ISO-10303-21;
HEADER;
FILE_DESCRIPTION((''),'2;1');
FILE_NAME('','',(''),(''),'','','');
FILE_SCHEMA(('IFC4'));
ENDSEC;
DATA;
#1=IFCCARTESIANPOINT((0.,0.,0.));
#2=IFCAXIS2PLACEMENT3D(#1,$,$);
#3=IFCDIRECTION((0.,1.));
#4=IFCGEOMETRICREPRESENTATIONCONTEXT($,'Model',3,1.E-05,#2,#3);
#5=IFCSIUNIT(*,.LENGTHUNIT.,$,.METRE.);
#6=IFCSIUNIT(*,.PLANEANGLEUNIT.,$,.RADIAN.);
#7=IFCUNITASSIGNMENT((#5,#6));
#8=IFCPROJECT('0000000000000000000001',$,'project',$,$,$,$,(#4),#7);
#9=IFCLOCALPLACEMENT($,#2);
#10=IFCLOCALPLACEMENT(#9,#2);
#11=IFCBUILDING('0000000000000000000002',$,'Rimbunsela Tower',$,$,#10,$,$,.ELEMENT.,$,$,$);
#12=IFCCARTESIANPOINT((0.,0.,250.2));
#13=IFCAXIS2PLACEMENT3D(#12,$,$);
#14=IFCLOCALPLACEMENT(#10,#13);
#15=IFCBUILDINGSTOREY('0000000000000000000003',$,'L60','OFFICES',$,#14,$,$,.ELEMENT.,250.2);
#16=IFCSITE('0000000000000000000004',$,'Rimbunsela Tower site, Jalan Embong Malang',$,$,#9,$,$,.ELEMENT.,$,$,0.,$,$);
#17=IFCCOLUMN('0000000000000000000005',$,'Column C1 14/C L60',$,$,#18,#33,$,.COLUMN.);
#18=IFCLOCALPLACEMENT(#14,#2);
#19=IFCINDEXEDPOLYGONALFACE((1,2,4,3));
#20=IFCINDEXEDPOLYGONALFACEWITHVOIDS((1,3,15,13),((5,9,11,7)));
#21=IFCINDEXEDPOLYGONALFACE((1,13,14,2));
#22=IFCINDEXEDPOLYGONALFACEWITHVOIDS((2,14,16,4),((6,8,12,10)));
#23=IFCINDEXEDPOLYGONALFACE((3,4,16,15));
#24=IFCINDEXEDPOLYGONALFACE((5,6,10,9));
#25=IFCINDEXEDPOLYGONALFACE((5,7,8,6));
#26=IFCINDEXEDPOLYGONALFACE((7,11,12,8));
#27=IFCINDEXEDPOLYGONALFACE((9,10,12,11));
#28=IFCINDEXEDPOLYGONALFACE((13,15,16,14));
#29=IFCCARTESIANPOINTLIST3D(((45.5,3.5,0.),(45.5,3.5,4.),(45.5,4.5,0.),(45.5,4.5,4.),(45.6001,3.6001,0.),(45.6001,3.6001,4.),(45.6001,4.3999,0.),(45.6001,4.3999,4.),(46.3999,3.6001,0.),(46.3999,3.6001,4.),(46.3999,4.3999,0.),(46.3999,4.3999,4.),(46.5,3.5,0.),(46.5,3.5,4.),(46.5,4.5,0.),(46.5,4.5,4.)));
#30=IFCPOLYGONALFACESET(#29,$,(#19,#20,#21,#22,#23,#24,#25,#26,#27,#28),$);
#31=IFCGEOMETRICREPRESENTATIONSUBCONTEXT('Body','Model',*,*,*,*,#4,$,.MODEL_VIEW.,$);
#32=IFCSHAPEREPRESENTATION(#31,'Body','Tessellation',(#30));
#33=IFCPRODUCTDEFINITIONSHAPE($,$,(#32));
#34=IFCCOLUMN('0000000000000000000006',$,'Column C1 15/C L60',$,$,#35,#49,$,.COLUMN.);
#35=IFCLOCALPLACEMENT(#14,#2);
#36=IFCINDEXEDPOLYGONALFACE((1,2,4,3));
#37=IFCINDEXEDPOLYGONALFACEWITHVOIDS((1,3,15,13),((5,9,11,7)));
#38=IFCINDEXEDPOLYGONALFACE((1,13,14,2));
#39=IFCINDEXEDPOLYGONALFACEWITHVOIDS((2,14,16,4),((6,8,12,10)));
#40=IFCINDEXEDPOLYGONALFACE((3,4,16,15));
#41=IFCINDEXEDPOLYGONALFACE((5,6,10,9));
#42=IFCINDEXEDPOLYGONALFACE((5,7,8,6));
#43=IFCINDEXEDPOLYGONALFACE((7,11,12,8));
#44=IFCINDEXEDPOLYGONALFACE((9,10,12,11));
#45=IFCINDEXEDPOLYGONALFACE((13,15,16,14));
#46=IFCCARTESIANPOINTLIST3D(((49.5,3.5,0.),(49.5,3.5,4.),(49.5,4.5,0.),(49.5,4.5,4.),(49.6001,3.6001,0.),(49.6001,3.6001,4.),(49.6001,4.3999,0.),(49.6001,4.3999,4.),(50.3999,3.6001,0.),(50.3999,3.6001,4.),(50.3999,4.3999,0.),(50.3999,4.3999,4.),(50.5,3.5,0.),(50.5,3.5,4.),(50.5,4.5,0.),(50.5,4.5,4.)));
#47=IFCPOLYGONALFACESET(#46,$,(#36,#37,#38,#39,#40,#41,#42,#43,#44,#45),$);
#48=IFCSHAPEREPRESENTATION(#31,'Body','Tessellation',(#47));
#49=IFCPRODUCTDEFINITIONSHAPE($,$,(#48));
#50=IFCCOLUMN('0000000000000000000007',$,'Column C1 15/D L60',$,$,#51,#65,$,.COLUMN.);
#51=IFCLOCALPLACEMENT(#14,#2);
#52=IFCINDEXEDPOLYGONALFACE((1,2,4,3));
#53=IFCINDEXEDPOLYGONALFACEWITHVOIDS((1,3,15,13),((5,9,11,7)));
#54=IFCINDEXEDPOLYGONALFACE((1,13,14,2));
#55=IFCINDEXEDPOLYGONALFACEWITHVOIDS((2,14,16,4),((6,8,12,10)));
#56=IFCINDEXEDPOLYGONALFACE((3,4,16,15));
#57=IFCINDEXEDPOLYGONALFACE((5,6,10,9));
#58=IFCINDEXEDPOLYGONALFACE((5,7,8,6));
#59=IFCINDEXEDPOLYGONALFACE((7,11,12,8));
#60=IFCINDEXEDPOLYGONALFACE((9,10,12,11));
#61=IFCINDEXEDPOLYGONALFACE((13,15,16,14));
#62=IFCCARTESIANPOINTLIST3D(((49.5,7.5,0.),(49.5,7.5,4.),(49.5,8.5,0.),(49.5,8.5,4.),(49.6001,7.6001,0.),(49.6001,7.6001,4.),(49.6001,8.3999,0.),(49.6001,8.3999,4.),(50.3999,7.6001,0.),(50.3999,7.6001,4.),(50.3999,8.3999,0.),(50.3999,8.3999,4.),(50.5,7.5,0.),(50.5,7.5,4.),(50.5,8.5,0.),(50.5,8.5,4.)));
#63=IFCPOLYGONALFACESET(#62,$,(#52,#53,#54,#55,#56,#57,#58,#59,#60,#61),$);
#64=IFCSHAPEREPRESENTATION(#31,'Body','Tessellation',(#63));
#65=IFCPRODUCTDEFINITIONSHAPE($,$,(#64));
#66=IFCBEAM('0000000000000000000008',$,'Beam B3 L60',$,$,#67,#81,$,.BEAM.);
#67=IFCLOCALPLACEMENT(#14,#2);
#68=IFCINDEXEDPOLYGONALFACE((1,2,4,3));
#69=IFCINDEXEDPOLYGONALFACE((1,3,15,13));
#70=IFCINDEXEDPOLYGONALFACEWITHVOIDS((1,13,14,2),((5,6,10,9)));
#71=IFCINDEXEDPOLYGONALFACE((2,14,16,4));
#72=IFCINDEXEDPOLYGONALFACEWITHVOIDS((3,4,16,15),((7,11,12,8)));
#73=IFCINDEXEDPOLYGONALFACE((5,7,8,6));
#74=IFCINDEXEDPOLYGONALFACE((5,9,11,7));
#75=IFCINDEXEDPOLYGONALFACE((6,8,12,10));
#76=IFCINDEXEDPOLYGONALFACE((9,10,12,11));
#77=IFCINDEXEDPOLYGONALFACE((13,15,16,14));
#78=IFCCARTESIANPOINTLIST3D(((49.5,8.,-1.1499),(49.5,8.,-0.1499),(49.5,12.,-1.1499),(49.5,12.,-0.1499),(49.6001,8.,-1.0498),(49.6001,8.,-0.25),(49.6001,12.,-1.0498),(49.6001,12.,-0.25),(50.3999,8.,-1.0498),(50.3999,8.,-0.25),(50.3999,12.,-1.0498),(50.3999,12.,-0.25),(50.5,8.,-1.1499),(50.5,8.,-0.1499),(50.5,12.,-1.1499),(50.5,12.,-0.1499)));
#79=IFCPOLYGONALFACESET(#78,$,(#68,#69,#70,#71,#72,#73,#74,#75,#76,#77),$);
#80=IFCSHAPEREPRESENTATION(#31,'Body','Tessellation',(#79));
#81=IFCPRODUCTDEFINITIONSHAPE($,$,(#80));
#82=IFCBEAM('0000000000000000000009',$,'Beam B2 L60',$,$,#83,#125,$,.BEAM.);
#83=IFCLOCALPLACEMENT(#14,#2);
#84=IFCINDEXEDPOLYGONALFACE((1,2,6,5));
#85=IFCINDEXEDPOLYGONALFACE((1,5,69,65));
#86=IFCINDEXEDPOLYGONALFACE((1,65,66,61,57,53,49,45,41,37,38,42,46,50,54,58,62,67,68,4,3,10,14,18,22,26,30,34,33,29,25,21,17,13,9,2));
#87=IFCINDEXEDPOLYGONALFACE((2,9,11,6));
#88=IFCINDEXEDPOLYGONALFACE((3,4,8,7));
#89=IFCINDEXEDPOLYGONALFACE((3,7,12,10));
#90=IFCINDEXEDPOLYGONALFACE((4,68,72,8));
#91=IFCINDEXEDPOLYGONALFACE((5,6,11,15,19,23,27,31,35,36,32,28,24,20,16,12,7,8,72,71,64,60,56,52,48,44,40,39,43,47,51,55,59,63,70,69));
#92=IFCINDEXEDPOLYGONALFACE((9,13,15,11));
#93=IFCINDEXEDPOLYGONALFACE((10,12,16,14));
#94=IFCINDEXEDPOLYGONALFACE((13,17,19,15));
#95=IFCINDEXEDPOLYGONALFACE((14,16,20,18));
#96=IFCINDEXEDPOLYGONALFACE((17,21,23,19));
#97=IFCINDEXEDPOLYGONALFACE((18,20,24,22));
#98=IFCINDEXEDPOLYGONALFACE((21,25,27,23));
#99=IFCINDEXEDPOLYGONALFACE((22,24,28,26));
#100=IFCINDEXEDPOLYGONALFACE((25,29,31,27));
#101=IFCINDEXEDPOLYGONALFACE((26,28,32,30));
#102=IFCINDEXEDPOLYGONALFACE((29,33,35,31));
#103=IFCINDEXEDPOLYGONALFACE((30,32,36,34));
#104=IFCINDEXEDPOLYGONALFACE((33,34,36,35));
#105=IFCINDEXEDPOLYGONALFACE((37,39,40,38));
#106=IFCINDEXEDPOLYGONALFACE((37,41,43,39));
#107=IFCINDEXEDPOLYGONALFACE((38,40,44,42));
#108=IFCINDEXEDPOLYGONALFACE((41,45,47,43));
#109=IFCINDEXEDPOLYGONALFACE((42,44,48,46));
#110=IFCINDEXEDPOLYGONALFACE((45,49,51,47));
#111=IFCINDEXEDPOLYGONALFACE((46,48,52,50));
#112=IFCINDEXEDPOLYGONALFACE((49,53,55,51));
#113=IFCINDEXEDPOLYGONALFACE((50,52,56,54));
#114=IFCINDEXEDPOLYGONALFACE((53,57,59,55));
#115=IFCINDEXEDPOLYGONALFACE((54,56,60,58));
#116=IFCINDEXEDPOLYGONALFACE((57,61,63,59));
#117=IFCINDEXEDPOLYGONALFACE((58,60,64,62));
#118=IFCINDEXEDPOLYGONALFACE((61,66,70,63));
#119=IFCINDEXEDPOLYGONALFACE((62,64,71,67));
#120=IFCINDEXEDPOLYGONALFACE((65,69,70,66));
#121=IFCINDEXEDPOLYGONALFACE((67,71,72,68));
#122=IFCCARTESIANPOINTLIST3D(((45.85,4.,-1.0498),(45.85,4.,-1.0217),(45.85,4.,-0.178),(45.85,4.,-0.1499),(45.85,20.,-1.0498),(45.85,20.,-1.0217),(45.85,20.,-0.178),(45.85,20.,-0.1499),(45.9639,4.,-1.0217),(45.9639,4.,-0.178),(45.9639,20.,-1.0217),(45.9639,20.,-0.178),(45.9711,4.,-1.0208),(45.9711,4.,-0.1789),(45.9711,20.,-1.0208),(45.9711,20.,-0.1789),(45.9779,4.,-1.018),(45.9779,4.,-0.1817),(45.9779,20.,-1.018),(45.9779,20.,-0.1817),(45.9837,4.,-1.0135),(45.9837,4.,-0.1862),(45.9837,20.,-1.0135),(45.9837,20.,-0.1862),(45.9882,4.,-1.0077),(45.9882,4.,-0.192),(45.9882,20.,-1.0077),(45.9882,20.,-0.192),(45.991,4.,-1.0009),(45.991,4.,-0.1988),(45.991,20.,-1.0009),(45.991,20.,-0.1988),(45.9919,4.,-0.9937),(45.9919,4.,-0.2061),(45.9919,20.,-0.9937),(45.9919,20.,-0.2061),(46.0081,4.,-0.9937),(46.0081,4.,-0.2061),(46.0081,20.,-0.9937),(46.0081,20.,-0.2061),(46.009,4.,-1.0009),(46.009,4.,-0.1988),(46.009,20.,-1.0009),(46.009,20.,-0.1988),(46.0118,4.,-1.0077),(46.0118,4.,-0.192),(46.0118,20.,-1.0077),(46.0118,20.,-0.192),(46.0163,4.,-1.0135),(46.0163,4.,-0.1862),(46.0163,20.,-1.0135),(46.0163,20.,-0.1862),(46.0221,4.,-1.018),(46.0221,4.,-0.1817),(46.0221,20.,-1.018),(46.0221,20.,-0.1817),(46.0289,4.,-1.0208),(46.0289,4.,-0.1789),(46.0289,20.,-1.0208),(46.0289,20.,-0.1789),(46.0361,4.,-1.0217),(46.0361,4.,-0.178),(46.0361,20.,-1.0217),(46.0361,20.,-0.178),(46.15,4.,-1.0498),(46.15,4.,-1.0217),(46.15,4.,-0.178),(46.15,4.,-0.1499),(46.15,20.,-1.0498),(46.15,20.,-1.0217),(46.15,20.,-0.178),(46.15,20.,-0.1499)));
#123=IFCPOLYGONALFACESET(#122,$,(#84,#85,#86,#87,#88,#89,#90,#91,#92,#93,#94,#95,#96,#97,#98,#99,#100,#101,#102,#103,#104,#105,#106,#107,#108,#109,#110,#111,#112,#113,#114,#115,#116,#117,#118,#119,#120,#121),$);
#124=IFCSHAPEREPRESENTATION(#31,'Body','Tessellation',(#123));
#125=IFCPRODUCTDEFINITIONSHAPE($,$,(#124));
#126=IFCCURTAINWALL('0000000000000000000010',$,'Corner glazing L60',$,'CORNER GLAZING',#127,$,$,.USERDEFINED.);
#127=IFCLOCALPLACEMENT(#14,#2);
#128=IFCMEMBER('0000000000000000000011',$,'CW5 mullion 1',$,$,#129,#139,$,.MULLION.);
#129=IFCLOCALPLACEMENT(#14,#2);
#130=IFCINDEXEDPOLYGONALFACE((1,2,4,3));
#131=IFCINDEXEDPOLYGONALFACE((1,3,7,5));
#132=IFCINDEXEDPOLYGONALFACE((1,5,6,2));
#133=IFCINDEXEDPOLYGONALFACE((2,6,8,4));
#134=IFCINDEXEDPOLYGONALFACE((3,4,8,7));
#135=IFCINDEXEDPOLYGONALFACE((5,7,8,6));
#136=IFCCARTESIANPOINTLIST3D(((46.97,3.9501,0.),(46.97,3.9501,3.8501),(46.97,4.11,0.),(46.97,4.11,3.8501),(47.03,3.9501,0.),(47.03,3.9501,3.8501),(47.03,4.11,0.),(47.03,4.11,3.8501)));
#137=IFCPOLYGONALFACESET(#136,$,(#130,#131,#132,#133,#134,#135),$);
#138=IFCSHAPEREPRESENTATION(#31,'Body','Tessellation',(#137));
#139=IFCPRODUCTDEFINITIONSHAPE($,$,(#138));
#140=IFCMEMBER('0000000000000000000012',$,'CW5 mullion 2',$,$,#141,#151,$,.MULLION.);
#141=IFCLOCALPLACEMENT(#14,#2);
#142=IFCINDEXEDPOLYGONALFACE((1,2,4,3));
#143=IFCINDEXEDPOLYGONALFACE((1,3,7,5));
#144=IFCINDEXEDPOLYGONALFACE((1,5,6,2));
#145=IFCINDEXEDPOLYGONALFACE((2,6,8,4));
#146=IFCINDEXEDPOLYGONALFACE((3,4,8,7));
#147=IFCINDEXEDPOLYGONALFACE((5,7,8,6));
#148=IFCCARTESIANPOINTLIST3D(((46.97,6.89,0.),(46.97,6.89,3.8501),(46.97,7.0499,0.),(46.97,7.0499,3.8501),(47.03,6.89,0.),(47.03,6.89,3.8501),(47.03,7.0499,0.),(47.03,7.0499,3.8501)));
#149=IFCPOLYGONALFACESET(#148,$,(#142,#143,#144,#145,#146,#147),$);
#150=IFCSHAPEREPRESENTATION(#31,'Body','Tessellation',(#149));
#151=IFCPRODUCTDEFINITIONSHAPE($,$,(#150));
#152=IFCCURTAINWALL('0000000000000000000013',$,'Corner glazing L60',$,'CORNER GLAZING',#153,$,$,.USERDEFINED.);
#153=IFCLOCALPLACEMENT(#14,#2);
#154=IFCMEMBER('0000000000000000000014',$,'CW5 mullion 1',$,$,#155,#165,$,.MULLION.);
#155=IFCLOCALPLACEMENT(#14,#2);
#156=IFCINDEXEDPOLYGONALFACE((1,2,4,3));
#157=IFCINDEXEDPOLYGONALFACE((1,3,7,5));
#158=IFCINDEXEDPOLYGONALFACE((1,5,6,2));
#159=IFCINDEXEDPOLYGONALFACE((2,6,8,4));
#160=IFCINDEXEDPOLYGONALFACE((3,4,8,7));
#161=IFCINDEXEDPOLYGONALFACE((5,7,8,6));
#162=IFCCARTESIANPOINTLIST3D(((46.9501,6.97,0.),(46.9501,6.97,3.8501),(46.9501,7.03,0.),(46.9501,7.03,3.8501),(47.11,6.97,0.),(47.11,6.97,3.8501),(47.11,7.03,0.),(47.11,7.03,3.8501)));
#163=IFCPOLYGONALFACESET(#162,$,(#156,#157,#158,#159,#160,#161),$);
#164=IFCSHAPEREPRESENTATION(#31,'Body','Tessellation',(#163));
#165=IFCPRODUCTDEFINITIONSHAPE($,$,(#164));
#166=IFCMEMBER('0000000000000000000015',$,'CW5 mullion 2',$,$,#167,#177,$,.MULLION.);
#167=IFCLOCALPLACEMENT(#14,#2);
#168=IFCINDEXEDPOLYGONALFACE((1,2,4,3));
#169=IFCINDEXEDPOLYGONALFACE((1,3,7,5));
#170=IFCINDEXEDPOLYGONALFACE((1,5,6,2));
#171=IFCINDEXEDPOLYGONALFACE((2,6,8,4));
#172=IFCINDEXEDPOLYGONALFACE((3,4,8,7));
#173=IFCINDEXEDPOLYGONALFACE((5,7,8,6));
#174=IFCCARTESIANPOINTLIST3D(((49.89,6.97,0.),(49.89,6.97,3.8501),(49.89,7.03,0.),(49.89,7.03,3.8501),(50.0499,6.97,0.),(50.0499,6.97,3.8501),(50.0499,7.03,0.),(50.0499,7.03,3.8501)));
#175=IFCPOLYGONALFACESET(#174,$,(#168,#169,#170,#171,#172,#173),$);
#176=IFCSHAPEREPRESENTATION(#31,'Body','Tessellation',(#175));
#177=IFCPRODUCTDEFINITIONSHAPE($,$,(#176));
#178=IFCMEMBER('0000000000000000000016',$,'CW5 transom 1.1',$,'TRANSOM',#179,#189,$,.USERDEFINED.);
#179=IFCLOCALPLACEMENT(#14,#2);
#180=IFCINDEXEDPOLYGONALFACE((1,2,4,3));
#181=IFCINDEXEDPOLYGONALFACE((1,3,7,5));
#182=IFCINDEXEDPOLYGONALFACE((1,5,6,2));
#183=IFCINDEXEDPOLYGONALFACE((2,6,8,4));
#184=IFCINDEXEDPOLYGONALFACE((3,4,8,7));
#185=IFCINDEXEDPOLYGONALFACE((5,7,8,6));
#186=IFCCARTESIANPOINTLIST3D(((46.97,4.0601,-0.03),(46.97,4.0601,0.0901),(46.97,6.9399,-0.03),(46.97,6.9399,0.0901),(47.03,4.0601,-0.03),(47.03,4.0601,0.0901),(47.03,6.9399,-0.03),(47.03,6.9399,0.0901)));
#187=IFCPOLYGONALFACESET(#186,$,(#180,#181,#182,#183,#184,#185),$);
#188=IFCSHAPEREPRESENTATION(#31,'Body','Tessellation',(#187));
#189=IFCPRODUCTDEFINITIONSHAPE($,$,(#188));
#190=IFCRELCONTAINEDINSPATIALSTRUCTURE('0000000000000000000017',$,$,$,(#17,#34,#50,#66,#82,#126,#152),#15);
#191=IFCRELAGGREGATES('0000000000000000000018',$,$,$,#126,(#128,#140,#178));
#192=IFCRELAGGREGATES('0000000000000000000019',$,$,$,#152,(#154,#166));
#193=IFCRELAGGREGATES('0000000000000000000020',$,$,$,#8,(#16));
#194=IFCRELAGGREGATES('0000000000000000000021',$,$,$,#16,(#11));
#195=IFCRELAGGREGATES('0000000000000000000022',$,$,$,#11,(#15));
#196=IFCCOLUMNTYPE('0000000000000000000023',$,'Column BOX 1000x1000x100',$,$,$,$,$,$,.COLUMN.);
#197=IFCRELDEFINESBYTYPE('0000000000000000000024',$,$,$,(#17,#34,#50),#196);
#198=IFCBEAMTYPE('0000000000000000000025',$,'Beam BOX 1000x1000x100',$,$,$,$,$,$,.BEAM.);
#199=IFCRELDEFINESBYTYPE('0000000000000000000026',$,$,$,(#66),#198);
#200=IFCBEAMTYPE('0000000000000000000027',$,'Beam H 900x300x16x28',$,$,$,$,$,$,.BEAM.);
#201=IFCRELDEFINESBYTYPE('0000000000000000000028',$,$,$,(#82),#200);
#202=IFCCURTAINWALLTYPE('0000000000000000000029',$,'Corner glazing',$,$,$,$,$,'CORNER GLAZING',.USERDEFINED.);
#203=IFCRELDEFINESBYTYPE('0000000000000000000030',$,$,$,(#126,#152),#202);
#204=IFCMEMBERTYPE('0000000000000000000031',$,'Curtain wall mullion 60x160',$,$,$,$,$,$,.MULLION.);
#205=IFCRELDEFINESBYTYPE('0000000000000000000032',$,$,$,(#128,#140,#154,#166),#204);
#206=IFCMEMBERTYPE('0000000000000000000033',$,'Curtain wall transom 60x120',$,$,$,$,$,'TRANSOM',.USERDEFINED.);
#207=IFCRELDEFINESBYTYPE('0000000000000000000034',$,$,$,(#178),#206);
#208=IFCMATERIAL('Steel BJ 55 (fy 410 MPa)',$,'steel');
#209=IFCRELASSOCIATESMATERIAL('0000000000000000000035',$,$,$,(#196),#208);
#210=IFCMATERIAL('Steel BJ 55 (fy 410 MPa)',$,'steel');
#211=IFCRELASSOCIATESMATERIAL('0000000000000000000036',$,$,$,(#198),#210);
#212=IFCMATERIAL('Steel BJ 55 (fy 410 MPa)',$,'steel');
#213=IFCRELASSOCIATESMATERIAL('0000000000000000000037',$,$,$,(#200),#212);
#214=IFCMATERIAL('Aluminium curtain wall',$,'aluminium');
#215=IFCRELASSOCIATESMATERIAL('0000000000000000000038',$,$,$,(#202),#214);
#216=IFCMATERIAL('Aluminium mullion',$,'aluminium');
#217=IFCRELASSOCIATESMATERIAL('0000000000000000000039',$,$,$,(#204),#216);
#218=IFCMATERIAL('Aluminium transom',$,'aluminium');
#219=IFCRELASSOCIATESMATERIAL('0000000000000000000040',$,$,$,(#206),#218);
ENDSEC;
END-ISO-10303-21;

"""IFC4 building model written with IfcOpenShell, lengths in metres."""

from ifc_helpers import new_model, si_unit, direction, frame, origin, origin_2d, place, context, subcontext, project, spatial, rectangle, hollow_rectangle, i_section, extrude, material, material_profile, profile_set, type_object, element, aggregate, save


model = new_model("IFC4")

# Units and contexts
model_context = context("Model", 3, precision=1e-05, world=origin(), true_north=direction((0.0, 1.0)))
body_context = subcontext(model_context, "Body", "Model", "MODEL_VIEW")
ifc_project = project(units=[si_unit("LENGTHUNIT", "METRE"), si_unit("PLANEANGLEUNIT", "RADIAN")], contexts=[model_context])

# Site, building, storey
site_placement = place(None, origin())
site = spatial("IfcSite", under=ifc_project, at=site_placement, Name="Rimbunsela Tower site, Jalan Embong Malang", CompositionType="ELEMENT", RefElevation=0.0)
building_placement = place(site_placement, origin())
building = spatial("IfcBuilding", under=site, at=building_placement, Name="Rimbunsela Tower", CompositionType="ELEMENT")
storey_placement = place(building_placement, frame((0.0, 0.0, 250.2)))
storey = spatial("IfcBuildingStorey", under=building, at=storey_placement, Name="L60", Description="OFFICES", CompositionType="ELEMENT", Elevation=250.2)

# Columns
ifc_material_1 = material(Name="Steel BJ 55 (fy 410 MPa)", Category="steel")
ifc_material_profile_1 = material_profile(ifc_material_1, hollow_rectangle(XDim=1.0, YDim=1.0, WallThickness=0.1001, at=origin_2d()), Name="BOX 1000x1000x100")
ifc_profile_set_1 = profile_set([ifc_material_profile_1], Name="Steel BJ 55 (fy 410 MPa)")
column_type = type_object("IfcColumnType", Name="Column BOX 1000x1000x100", PredefinedType="COLUMN", material=ifc_profile_set_1)
for number, where, z_axis, x_axis, name in (
    (1, (46.0, 4.0, 0.0), (0.0, 0.0, 1.0), (1.0, 0.0, 0.0), "Column C1 14/C L60"),
    (2, (50.0, 4.0, 0.0), (0.0, 0.0, 1.0), (1.0, 0.0, 0.0), "Column C1 15/C L60"),
    (3, (50.0, 8.0, 0.0), (0.0, 0.0, 1.0), (1.0, 0.0, 0.0), "Column C1 15/D L60"),
):
    element("IfcColumn", number, at=place(storey_placement, frame(where, z_axis=z_axis, x_axis=x_axis)), inside=storey, type_object=column_type, Name=name, PredefinedType="COLUMN", context=body_context, shape_type="SweptSolid", body=[
        extrude(hollow_rectangle(XDim=1.0, YDim=1.0, WallThickness=0.1001, at=origin_2d()), origin(), (0.0, 0.0, 1.0), 4.0),
    ])

# Beams
ifc_material_2 = material(Name="Steel BJ 55 (fy 410 MPa)", Category="steel")
ifc_material_profile_2 = material_profile(ifc_material_2, hollow_rectangle(XDim=1.0, YDim=1.0, WallThickness=0.1001, at=origin_2d()), Name="BOX 1000x1000x100")
ifc_profile_set_2 = profile_set([ifc_material_profile_2], Name="Steel BJ 55 (fy 410 MPa)")
beam_type_1 = type_object("IfcBeamType", Name="Beam BOX 1000x1000x100", PredefinedType="BEAM", material=ifc_profile_set_2)
beam_1_placement = place(storey_placement, frame((50.0, 8.0, -0.6499), z_axis=(0.0, 1.0, 0.0), x_axis=(-1.0, 0.0, 0.0)))
element("IfcBeam", 4, at=beam_1_placement, inside=storey, type_object=beam_type_1, Name="Beam B3 L60", PredefinedType="BEAM", context=body_context, shape_type="SweptSolid", body=[
    extrude(hollow_rectangle(XDim=1.0, YDim=1.0, WallThickness=0.1001, at=origin_2d()), origin(), (0.0, 0.0, 1.0), 4.0),
])
ifc_material_3 = material(Name="Steel BJ 55 (fy 410 MPa)", Category="steel")
ifc_material_profile_3 = material_profile(ifc_material_3, i_section(OverallWidth=0.3, OverallDepth=0.8999, WebThickness=0.0161, FlangeThickness=0.0281, FilletRadius=0.0281, at=origin_2d()), Name="H 900x300x16x28")
ifc_profile_set_3 = profile_set([ifc_material_profile_3], Name="Steel BJ 55 (fy 410 MPa)")
beam_type_2 = type_object("IfcBeamType", Name="Beam H 900x300x16x28", PredefinedType="BEAM", material=ifc_profile_set_3)
beam_2_placement = place(storey_placement, frame((46.0, 4.0, -0.5999), z_axis=(0.0, 1.0, 0.0), x_axis=(-1.0, 0.0, 0.0)))
element("IfcBeam", 5, at=beam_2_placement, inside=storey, type_object=beam_type_2, Name="Beam B2 L60", PredefinedType="BEAM", context=body_context, shape_type="SweptSolid", body=[
    extrude(i_section(OverallWidth=0.3, OverallDepth=0.8999, WebThickness=0.0161, FlangeThickness=0.0281, FilletRadius=0.0281, at=origin_2d()), origin(), (0.0, 0.0, 1.0), 16.0),
])

# Curtain walls, members
ifc_material_4 = material(Name="Aluminium curtain wall", Category="aluminium")
curtain_wall_type = type_object("IfcCurtainWallType", Name="Corner glazing", ElementType="CORNER GLAZING", PredefinedType="USERDEFINED", material=ifc_material_4)
curtain_wall_1_placement = place(storey_placement, origin())
curtain_wall_1 = element("IfcCurtainWall", 6, at=curtain_wall_1_placement, inside=storey, type_object=curtain_wall_type, Name="Corner glazing L60", ObjectType="CORNER GLAZING", PredefinedType="USERDEFINED")
ifc_material_5 = material(Name="Aluminium mullion", Category="aluminium")
ifc_material_profile_4 = material_profile(ifc_material_5, rectangle(XDim=0.0601, YDim=0.1599, at=origin_2d()), Name="Mullion 60x160")
ifc_profile_set_4 = profile_set([ifc_material_profile_4], Name="Aluminium mullion")
member_type_1 = type_object("IfcMemberType", Name="Curtain wall mullion 60x160", PredefinedType="MULLION", material=ifc_profile_set_4)
member_1_placement = place(storey_placement, frame((47.0, 4.03, 0.0), z_axis=(0.0, 0.0, 1.0), x_axis=(-1.0, 0.0, 0.0)))
member_1 = element("IfcMember", 7, at=member_1_placement, type_object=member_type_1, Name="CW5 mullion 1", PredefinedType="MULLION", context=body_context, shape_type="SweptSolid", body=[
    extrude(rectangle(XDim=0.0601, YDim=0.1599, at=origin_2d()), origin(), (0.0, 0.0, 1.0), 3.8501),
])
member_2_placement = place(storey_placement, frame((47.0, 6.97, 0.0), z_axis=(0.0, 0.0, 1.0), x_axis=(-1.0, 0.0, 0.0)))
member_2 = element("IfcMember", 8, at=member_2_placement, type_object=member_type_1, Name="CW5 mullion 2", PredefinedType="MULLION", context=body_context, shape_type="SweptSolid", body=[
    extrude(rectangle(XDim=0.0601, YDim=0.1599, at=origin_2d()), origin(), (0.0, 0.0, 1.0), 3.8501),
])
curtain_wall_2_placement = place(storey_placement, origin())
curtain_wall_2 = element("IfcCurtainWall", 9, at=curtain_wall_2_placement, inside=storey, type_object=curtain_wall_type, Name="Corner glazing L60", ObjectType="CORNER GLAZING", PredefinedType="USERDEFINED")
member_3_placement = place(storey_placement, frame((47.03, 7.0, 0.0), z_axis=(0.0, 0.0, 1.0), x_axis=(0.0, 1.0, 0.0)))
member_3 = element("IfcMember", 10, at=member_3_placement, type_object=member_type_1, Name="CW5 mullion 1", PredefinedType="MULLION", context=body_context, shape_type="SweptSolid", body=[
    extrude(rectangle(XDim=0.0601, YDim=0.1599, at=origin_2d()), origin(), (0.0, 0.0, 1.0), 3.8501),
])
member_4_placement = place(storey_placement, frame((49.97, 7.0, 0.0), z_axis=(0.0, 0.0, 1.0), x_axis=(0.0, 1.0, 0.0)))
member_4 = element("IfcMember", 11, at=member_4_placement, type_object=member_type_1, Name="CW5 mullion 2", PredefinedType="MULLION", context=body_context, shape_type="SweptSolid", body=[
    extrude(rectangle(XDim=0.0601, YDim=0.1599, at=origin_2d()), origin(), (0.0, 0.0, 1.0), 3.8501),
])

# Member
ifc_material_6 = material(Name="Aluminium transom", Category="aluminium")
ifc_material_profile_5 = material_profile(ifc_material_6, rectangle(XDim=0.0601, YDim=0.1201, at=origin_2d()), Name="Transom 60x120")
ifc_profile_set_5 = profile_set([ifc_material_profile_5], Name="Aluminium transom")
member_type_2 = type_object("IfcMemberType", Name="Curtain wall transom 60x120", ElementType="TRANSOM", PredefinedType="USERDEFINED", material=ifc_profile_set_5)
member_5_placement = place(storey_placement, frame((47.0, 4.0601, 0.03), z_axis=(0.0, 1.0, 0.0), x_axis=(-1.0, 0.0, 0.0)))
member_5 = element("IfcMember", 12, at=member_5_placement, type_object=member_type_2, Name="CW5 transom 1.1", ObjectType="TRANSOM", PredefinedType="USERDEFINED", context=body_context, shape_type="SweptSolid", body=[
    extrude(rectangle(XDim=0.0601, YDim=0.1201, at=origin_2d()), origin(), (0.0, 0.0, 1.0), 2.8799),
])

aggregate(curtain_wall_1, [member_1, member_2, member_5])
aggregate(curtain_wall_2, [member_3, member_4])

save(model, "model.ifc")
